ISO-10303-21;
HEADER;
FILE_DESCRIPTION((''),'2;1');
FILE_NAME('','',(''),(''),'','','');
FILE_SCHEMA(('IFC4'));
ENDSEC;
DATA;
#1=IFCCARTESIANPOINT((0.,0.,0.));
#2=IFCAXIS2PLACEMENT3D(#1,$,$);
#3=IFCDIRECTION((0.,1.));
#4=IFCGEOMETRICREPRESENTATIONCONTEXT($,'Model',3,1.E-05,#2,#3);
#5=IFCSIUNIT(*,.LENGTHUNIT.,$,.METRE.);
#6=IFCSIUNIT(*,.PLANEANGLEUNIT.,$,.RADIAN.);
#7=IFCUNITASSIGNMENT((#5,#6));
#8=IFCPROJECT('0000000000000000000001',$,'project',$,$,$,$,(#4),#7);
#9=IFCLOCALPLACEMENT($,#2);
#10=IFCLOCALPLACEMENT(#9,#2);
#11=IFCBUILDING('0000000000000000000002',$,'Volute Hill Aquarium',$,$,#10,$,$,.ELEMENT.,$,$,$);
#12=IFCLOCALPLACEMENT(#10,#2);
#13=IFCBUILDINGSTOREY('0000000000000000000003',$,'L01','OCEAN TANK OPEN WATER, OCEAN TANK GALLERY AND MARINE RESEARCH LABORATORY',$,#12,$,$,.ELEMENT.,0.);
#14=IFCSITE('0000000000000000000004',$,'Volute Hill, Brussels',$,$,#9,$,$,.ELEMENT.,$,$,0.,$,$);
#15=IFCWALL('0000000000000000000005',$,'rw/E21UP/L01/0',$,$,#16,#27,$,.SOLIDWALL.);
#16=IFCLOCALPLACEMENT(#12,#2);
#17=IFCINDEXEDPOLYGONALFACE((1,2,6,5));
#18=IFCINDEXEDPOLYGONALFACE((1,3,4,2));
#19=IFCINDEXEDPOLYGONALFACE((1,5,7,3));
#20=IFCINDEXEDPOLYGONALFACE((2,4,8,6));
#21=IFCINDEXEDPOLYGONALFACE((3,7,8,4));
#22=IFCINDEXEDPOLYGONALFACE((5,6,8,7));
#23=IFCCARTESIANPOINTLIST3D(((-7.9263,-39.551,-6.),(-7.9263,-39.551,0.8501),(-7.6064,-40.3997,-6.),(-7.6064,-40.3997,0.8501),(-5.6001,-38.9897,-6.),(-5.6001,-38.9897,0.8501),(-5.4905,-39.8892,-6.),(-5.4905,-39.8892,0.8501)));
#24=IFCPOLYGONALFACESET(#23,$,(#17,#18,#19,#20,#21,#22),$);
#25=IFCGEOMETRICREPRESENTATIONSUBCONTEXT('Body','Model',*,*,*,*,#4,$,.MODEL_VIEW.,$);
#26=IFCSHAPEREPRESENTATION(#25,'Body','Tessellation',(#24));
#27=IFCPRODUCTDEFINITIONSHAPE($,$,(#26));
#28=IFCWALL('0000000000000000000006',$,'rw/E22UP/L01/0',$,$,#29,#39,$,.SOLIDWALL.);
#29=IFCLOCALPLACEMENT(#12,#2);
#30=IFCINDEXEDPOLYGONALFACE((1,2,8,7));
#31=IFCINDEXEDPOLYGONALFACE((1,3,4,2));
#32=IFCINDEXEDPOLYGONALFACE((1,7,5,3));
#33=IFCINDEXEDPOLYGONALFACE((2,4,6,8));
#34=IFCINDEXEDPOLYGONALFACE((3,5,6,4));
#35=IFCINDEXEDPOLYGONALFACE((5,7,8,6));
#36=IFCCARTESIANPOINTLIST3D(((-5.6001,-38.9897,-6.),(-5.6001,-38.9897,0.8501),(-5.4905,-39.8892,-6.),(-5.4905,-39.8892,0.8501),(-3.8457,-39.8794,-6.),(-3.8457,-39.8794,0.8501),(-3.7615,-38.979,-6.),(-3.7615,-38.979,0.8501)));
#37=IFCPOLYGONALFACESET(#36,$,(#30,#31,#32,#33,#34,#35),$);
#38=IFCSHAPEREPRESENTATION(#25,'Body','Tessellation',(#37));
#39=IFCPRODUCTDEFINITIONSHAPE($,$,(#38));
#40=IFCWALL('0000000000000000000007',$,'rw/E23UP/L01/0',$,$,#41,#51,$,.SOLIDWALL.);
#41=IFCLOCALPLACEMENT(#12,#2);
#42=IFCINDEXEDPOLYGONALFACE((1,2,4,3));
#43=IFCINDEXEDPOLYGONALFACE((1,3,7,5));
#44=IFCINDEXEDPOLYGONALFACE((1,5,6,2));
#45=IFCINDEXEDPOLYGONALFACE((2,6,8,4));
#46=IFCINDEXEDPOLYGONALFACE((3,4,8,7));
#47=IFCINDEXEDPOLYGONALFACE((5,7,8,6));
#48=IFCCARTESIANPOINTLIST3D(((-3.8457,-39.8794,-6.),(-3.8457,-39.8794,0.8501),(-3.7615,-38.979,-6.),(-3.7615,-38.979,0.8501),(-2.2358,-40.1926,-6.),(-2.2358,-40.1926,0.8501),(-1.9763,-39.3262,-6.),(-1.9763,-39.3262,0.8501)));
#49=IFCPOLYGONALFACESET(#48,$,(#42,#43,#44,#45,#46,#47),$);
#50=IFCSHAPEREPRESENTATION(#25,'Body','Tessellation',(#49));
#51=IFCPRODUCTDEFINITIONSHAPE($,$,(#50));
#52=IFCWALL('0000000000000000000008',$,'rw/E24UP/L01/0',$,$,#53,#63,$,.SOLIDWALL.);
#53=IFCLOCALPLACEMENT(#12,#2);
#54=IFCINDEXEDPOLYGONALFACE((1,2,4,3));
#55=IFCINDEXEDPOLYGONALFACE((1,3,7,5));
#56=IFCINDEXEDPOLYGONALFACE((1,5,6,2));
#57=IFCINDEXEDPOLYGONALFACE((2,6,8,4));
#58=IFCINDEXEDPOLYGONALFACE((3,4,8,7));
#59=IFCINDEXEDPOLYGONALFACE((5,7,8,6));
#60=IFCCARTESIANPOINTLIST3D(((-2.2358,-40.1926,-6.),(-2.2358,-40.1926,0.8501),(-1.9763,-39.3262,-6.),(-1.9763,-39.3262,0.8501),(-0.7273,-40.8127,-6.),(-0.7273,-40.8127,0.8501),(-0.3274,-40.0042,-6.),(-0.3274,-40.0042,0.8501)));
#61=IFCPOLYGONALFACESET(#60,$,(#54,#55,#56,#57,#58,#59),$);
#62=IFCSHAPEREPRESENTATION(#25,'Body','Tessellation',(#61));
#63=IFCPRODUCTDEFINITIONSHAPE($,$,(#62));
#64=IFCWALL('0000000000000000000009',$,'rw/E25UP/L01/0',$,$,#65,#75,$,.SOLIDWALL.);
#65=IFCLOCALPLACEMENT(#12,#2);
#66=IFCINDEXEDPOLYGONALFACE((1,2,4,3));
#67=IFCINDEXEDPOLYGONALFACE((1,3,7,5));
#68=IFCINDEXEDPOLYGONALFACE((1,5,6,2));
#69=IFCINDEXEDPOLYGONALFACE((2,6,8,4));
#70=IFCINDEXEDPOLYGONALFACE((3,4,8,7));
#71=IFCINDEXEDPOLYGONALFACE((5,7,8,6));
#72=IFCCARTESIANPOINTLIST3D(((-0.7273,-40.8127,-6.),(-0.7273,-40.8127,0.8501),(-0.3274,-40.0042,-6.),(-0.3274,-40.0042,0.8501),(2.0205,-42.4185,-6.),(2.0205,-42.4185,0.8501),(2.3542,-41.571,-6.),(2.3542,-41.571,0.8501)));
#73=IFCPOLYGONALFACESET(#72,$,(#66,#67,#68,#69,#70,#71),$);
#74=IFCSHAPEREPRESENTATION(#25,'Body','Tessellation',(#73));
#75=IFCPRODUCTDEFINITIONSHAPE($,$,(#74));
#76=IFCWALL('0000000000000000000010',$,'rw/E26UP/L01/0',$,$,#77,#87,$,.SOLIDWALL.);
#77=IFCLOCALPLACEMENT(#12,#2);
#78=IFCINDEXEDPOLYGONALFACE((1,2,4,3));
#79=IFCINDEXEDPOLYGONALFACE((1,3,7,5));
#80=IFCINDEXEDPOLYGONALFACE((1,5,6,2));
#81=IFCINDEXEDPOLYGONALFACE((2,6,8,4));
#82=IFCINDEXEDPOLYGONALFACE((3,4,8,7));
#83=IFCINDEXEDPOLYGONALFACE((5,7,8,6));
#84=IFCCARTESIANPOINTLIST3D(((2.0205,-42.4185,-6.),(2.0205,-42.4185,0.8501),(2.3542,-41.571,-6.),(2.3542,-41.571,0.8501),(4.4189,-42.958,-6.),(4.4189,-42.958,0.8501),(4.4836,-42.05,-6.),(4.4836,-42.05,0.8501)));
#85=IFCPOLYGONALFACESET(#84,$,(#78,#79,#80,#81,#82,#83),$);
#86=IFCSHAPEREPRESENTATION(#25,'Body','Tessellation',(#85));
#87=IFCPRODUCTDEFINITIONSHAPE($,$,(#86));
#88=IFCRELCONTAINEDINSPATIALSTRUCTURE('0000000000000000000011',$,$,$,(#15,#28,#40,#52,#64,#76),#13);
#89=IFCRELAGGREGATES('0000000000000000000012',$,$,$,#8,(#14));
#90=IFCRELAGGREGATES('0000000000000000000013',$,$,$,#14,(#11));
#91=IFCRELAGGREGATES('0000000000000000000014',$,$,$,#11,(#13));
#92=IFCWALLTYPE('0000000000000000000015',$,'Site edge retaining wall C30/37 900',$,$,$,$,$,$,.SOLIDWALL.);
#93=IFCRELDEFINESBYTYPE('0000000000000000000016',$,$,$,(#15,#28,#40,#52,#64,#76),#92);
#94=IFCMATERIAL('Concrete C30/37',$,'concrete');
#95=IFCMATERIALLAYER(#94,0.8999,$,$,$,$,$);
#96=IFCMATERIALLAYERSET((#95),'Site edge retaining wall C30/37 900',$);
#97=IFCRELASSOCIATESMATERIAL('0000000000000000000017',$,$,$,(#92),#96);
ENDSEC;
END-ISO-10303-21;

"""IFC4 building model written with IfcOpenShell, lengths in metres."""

from ifc_helpers import new_model, si_unit, direction, frame, origin, place, context, subcontext, project, spatial, polyline, outline, extrude, material, layer, layer_set, type_object, element, save


model = new_model("IFC4")

# Units and contexts
model_context = context("Model", 3, precision=1e-05, world=origin(), true_north=direction((0.0, 1.0)))
body_context = subcontext(model_context, "Body", "Model", "MODEL_VIEW")
ifc_project = project(units=[si_unit("LENGTHUNIT", "METRE"), si_unit("PLANEANGLEUNIT", "RADIAN")], contexts=[model_context])

# Site, building, storey
site_placement = place(None, origin())
site = spatial("IfcSite", under=ifc_project, at=site_placement, Name="Volute Hill, Brussels", CompositionType="ELEMENT", RefElevation=0.0)
building_placement = place(site_placement, origin())
building = spatial("IfcBuilding", under=site, at=building_placement, Name="Volute Hill Aquarium", CompositionType="ELEMENT")
storey_placement = place(building_placement, origin())
storey = spatial("IfcBuildingStorey", under=building, at=storey_placement, Name="L01", Description="OCEAN TANK OPEN WATER, OCEAN TANK GALLERY AND MARINE RESEARCH LABORATORY", CompositionType="ELEMENT", Elevation=0.0)

# Walls
ifc_material_1 = material(Name="Concrete C30/37", Category="concrete")
ifc_layer = layer(ifc_material_1, 0.8999)
ifc_layer_set = layer_set([ifc_layer], Name="Site edge retaining wall C30/37 900")
wall_type = type_object("IfcWallType", Name="Site edge retaining wall C30/37 900", PredefinedType="SOLIDWALL", material=ifc_layer_set)
wall_1_placement = place(storey_placement, frame((0.0, 0.0, -6.0)))
element("IfcWall", 1, at=wall_1_placement, inside=storey, type_object=wall_type, Name="rw/E21UP/L01/0", PredefinedType="SOLIDWALL", context=body_context, shape_type="SweptSolid", body=[
    extrude(outline(polyline([(-5.4905, -39.8892), (-5.4905, -39.8892), (-5.6001, -38.9897), (-7.9263, -39.551), (-7.9263, -39.551), (-7.6064, -40.3997), (-7.6064, -40.3997), (-5.4905, -39.8892)])), origin(), (0.0, 0.0, 1.0), 6.8501),
])
wall_2_placement = place(storey_placement, frame((0.0, 0.0, -6.0)))
element("IfcWall", 2, at=wall_2_placement, inside=storey, type_object=wall_type, Name="rw/E22UP/L01/0", PredefinedType="SOLIDWALL", context=body_context, shape_type="SweptSolid", body=[
    extrude(outline(polyline([(-3.8457, -39.8794), (-3.8457, -39.8794), (-3.7615, -38.979), (-3.7615, -38.979), (-5.6001, -38.9897), (-5.6001, -38.9897), (-5.4905, -39.8892), (-3.8457, -39.8794)])), origin(), (0.0, 0.0, 1.0), 6.8501),
])
wall_3_placement = place(storey_placement, frame((0.0, 0.0, -6.0)))
element("IfcWall", 3, at=wall_3_placement, inside=storey, type_object=wall_type, Name="rw/E23UP/L01/0", PredefinedType="SOLIDWALL", context=body_context, shape_type="SweptSolid", body=[
    extrude(outline(polyline([(-2.2358, -40.1926), (-2.2358, -40.1926), (-1.9763, -39.3262), (-1.9763, -39.3262), (-3.7615, -38.979), (-3.8457, -39.8794), (-2.2358, -40.1926)])), origin(), (0.0, 0.0, 1.0), 6.8501),
])
wall_4_placement = place(storey_placement, frame((0.0, 0.0, -6.0)))
element("IfcWall", 4, at=wall_4_placement, inside=storey, type_object=wall_type, Name="rw/E24UP/L01/0", PredefinedType="SOLIDWALL", context=body_context, shape_type="SweptSolid", body=[
    extrude(outline(polyline([(-2.2358, -40.1926), (-0.7273, -40.8127), (-0.3274, -40.0042), (-1.9763, -39.3262), (-2.2358, -40.1926)])), origin(), (0.0, 0.0, 1.0), 6.8501),
])
wall_5_placement = place(storey_placement, frame((0.0, 0.0, -6.0)))
element("IfcWall", 5, at=wall_5_placement, inside=storey, type_object=wall_type, Name="rw/E25UP/L01/0", PredefinedType="SOLIDWALL", context=body_context, shape_type="SweptSolid", body=[
    extrude(outline(polyline([(2.0205, -42.4185), (2.0205, -42.4185), (2.3542, -41.571), (-0.3274, -40.0042), (-0.3274, -40.0042), (-0.7273, -40.8127), (-0.7273, -40.8127), (2.0205, -42.4185)])), origin(), (0.0, 0.0, 1.0), 6.8501),
])
wall_6_placement = place(storey_placement, frame((0.0, 0.0, -6.0)))
element("IfcWall", 6, at=wall_6_placement, inside=storey, type_object=wall_type, Name="rw/E26UP/L01/0", PredefinedType="SOLIDWALL", context=body_context, shape_type="SweptSolid", body=[
    extrude(outline(polyline([(2.0205, -42.4185), (4.4189, -42.958), (4.4836, -42.05), (2.3542, -41.571), (2.3542, -41.571), (2.0205, -42.4185)])), origin(), (0.0, 0.0, 1.0), 6.8501),
])

save(model, "model.ifc")
